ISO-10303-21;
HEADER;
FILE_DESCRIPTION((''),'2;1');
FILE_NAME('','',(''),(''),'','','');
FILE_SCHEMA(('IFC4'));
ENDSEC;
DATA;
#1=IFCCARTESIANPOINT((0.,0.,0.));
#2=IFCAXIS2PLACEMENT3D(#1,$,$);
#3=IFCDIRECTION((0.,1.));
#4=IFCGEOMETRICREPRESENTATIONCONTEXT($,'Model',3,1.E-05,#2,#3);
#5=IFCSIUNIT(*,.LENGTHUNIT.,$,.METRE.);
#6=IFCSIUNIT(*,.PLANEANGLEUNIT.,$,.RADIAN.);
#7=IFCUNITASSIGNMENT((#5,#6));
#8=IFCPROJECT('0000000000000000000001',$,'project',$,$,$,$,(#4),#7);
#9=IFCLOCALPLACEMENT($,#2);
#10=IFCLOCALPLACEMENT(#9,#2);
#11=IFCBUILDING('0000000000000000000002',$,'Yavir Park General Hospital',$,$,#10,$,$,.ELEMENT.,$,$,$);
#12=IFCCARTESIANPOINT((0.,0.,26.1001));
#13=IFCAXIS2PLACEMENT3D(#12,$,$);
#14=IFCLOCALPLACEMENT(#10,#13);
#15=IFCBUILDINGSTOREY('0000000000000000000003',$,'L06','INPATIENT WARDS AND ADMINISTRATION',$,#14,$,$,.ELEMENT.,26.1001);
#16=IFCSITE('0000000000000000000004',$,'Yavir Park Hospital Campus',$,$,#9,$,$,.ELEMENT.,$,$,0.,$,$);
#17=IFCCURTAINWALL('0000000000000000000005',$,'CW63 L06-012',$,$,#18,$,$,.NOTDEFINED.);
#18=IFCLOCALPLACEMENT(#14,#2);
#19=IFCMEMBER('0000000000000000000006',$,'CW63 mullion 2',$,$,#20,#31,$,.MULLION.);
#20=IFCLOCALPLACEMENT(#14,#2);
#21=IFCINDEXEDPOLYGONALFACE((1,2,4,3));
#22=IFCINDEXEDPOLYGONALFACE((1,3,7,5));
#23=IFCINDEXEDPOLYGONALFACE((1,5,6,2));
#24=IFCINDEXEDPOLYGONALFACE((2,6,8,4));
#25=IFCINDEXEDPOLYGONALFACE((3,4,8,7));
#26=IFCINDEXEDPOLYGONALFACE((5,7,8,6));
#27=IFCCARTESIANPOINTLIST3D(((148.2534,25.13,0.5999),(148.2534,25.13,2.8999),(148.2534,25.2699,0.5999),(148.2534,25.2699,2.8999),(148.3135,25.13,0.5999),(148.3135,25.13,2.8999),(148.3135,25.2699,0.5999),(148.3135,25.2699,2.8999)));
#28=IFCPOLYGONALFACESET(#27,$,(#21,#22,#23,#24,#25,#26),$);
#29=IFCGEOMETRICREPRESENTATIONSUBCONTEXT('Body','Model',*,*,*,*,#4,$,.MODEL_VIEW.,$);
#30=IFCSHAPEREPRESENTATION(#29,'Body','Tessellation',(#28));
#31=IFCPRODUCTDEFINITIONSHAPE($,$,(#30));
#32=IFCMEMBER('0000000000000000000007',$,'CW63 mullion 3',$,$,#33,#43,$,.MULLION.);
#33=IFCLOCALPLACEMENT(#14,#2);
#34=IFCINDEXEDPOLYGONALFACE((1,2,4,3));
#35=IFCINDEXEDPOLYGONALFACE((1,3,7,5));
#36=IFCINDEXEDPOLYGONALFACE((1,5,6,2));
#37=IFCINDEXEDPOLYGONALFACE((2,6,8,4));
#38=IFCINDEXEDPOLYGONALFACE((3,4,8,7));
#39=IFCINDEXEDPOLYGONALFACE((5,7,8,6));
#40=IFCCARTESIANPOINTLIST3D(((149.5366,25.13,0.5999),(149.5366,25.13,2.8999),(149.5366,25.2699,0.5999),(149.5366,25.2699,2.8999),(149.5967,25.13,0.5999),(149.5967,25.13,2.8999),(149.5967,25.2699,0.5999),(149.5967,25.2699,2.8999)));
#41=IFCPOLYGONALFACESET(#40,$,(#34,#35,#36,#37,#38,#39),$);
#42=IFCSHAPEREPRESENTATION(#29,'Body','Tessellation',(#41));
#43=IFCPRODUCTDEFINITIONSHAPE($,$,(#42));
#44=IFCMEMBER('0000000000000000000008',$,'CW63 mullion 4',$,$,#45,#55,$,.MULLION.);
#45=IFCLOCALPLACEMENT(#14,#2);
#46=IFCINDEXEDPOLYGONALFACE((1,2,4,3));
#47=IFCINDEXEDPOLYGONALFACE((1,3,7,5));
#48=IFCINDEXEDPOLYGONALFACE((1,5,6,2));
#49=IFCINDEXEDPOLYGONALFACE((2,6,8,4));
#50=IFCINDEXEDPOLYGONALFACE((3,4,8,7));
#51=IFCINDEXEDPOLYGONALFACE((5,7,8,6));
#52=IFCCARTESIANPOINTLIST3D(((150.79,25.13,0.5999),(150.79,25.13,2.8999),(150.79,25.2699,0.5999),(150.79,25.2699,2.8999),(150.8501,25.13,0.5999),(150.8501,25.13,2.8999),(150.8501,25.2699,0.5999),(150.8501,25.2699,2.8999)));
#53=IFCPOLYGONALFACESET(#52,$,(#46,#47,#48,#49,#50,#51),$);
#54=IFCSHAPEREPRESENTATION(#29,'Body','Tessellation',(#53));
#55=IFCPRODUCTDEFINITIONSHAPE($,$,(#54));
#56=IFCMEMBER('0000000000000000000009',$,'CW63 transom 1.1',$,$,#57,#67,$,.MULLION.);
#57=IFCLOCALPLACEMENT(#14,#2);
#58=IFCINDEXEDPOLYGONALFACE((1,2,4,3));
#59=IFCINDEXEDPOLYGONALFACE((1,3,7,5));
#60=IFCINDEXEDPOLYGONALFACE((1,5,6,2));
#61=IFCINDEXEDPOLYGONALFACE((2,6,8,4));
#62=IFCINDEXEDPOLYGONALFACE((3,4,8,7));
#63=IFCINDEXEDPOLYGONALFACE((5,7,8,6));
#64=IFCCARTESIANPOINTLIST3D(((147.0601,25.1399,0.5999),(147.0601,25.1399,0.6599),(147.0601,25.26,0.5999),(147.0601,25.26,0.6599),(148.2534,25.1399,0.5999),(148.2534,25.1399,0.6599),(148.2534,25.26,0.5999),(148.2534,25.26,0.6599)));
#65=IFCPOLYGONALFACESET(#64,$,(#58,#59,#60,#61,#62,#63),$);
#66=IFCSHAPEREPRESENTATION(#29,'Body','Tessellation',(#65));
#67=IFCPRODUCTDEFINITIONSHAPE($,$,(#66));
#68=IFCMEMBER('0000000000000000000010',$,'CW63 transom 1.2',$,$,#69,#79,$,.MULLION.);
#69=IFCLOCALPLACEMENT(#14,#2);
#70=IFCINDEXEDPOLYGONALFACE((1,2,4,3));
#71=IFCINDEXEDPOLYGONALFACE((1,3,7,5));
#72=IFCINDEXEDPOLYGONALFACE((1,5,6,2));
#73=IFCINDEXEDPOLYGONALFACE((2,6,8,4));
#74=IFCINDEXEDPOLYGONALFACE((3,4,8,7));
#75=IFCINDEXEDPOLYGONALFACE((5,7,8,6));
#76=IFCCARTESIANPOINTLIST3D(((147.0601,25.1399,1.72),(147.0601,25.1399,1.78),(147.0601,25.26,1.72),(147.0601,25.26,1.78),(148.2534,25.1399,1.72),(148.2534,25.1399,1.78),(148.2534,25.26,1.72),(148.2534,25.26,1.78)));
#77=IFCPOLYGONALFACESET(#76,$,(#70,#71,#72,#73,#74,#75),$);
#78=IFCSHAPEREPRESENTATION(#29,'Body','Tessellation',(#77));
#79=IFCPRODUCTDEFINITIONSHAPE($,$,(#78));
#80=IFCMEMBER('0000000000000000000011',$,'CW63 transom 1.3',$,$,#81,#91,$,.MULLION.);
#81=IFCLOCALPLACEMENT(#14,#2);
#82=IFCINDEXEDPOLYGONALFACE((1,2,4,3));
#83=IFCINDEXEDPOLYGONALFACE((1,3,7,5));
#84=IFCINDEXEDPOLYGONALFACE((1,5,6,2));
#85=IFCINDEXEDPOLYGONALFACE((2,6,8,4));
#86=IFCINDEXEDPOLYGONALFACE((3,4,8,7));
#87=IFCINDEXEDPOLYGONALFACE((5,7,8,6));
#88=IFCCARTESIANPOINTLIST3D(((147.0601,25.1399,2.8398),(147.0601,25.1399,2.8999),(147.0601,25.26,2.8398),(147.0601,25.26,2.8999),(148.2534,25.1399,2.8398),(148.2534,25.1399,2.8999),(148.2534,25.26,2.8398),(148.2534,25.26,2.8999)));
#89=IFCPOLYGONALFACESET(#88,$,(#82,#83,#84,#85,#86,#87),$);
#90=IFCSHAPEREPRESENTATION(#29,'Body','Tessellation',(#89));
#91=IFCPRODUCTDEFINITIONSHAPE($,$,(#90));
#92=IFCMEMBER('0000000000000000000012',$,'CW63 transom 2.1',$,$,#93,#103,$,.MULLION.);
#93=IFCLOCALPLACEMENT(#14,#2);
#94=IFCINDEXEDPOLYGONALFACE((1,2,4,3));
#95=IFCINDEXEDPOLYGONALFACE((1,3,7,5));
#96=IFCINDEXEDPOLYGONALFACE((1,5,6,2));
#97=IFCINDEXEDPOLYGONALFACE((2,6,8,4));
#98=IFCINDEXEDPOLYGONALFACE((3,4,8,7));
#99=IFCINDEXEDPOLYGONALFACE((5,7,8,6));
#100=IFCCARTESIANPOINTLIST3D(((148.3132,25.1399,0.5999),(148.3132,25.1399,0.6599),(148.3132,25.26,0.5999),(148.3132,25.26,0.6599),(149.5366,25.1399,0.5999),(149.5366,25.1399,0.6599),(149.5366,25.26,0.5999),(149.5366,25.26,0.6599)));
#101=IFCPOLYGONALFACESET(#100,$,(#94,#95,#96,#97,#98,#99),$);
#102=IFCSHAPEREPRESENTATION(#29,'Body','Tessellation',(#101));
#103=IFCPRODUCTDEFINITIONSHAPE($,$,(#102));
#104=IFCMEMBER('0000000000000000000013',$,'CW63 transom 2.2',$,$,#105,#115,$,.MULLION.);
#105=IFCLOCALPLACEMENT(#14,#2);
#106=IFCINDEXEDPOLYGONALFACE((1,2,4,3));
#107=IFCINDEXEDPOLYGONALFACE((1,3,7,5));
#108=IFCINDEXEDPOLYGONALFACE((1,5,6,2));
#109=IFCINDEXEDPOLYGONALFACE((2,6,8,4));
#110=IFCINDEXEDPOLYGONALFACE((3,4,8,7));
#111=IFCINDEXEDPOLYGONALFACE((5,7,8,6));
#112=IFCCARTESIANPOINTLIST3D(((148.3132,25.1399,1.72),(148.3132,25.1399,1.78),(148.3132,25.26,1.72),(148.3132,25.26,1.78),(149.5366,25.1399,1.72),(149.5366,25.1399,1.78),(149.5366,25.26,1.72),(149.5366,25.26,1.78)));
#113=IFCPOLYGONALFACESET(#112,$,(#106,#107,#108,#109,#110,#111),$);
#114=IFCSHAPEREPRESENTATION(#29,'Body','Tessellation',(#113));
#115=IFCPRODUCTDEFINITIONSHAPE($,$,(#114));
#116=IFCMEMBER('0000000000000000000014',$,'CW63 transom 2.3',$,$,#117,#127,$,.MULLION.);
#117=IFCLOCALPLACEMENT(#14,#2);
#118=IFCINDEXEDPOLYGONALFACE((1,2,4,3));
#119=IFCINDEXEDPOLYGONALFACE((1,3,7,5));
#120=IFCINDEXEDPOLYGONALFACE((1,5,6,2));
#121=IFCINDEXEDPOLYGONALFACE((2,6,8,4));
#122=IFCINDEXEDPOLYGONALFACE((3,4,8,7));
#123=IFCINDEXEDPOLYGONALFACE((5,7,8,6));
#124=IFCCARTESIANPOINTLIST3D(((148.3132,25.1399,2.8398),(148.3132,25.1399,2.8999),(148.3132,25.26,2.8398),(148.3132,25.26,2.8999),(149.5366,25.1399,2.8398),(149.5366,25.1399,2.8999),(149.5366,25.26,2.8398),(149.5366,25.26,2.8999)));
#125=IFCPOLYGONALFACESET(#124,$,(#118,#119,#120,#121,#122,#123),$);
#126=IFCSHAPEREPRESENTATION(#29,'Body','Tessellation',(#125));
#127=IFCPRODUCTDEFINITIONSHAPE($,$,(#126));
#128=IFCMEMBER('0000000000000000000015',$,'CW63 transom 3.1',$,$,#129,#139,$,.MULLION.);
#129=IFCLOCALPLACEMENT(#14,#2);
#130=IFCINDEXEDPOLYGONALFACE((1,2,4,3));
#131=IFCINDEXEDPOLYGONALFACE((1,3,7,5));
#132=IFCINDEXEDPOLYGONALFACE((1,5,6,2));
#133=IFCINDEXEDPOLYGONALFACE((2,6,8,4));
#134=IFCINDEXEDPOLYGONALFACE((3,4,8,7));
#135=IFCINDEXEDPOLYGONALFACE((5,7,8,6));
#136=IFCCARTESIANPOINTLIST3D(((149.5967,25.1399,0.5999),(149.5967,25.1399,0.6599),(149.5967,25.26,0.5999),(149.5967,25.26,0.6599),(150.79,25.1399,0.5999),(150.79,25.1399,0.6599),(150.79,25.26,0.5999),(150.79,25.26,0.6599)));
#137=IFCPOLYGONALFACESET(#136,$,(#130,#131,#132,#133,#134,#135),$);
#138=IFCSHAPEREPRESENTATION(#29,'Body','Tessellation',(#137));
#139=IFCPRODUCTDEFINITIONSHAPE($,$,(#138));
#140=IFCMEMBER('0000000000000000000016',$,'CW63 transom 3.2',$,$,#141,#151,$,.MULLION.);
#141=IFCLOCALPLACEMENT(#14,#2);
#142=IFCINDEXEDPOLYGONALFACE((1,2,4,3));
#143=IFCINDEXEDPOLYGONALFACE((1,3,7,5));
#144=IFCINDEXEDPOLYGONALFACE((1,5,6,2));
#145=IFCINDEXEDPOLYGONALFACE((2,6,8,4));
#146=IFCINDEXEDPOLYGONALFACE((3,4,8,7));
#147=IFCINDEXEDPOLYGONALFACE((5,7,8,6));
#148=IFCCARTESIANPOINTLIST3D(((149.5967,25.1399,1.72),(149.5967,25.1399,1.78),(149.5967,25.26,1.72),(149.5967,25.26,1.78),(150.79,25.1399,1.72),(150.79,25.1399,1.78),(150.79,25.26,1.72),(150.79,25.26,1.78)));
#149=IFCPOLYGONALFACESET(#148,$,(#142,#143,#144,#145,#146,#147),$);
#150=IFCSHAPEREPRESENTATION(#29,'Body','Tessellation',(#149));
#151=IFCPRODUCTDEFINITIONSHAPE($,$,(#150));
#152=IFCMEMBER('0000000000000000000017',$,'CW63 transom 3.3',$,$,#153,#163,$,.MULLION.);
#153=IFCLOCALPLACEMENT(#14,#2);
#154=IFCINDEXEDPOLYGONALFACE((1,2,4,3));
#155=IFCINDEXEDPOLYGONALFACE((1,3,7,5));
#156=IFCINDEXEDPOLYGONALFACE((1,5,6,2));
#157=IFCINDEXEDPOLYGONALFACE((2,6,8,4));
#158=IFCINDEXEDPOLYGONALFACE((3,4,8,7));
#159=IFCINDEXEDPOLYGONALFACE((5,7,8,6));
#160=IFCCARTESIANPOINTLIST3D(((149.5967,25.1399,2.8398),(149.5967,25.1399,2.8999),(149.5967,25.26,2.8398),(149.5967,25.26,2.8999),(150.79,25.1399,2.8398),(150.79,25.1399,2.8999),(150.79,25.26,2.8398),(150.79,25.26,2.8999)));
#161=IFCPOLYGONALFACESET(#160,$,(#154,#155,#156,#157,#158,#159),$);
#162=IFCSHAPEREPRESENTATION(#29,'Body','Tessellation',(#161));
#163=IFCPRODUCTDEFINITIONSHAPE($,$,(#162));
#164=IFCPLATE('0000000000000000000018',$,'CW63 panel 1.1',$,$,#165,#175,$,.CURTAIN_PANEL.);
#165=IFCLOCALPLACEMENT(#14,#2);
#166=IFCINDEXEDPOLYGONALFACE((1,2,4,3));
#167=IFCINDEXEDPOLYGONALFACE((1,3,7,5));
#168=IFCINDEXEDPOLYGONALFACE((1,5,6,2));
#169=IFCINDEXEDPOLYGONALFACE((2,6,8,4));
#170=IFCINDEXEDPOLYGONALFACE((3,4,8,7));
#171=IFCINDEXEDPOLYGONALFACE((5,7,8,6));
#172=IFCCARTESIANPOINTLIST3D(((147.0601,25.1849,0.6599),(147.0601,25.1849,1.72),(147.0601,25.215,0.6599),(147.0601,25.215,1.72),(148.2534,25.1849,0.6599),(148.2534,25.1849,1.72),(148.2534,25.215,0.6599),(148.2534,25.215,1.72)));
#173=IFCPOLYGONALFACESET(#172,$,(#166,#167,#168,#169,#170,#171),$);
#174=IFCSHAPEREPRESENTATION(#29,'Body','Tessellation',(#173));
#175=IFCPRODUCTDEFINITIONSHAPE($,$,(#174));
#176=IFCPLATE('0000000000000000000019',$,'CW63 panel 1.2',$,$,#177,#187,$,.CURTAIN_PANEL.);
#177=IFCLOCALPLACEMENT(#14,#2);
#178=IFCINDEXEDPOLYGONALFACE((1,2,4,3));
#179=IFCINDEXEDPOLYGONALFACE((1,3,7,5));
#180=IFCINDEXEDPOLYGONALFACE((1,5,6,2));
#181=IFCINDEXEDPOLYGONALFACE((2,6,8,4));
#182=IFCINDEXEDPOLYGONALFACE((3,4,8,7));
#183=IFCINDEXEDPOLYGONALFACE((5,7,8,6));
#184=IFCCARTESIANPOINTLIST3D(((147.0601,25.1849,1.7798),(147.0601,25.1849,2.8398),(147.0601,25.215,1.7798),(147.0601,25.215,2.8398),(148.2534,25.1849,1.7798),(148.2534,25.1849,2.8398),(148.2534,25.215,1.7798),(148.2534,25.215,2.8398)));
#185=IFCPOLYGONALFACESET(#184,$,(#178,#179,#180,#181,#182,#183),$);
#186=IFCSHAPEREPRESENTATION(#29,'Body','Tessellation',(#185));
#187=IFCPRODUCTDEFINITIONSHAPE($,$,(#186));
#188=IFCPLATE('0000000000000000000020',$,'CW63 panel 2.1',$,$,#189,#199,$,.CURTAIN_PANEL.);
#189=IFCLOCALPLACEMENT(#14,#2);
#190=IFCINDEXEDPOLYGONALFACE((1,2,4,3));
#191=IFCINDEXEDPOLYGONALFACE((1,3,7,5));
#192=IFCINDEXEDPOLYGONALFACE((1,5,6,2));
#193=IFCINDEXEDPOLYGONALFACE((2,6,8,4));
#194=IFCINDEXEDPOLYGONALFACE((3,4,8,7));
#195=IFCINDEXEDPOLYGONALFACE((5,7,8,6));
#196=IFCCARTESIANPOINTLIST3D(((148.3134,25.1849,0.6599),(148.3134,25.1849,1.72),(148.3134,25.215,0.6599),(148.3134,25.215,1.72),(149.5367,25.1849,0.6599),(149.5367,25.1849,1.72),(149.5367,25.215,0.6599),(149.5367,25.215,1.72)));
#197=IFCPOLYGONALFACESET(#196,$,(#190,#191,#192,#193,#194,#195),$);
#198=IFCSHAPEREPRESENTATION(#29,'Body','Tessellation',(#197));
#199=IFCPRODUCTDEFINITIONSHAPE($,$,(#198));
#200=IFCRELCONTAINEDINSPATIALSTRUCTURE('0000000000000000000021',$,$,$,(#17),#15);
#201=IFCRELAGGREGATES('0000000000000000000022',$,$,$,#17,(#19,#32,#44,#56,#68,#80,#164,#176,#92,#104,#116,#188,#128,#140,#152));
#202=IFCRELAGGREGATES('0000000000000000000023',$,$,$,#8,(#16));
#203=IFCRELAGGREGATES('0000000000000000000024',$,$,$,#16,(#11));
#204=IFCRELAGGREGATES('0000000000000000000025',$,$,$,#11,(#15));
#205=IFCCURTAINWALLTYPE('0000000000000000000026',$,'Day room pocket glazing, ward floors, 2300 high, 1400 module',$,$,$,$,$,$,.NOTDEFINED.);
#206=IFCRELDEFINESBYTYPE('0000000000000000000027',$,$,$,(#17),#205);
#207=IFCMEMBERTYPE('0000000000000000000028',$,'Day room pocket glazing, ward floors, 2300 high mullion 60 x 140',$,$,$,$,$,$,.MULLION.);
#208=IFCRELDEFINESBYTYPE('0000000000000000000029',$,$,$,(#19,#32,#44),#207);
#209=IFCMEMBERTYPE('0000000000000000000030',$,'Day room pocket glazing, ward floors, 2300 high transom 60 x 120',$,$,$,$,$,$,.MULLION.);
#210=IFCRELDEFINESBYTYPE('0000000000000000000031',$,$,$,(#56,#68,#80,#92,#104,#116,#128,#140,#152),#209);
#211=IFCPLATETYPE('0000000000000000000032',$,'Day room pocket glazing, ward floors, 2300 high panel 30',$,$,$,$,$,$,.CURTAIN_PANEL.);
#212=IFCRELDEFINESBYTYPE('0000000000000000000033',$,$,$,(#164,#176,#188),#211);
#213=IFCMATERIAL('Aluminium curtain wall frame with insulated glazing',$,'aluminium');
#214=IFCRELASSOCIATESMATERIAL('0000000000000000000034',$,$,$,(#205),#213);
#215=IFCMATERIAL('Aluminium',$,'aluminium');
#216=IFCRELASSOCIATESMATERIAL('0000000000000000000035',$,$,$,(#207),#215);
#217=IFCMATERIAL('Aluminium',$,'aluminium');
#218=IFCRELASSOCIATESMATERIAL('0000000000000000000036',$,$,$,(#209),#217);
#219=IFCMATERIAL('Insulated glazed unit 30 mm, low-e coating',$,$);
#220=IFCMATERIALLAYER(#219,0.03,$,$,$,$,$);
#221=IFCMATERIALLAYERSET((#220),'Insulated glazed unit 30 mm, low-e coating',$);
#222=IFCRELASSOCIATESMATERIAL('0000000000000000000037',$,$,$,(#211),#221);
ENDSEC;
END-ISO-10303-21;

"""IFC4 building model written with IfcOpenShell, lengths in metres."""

from ifc_helpers import new_model, si_unit, direction, frame, origin, origin_2d, place, context, subcontext, project, spatial, rectangle, extrude, material, layer, layer_set, material_profile, profile_set, type_object, element, aggregate, save


model = new_model("IFC4")

# Units and contexts
model_context = context("Model", 3, precision=1e-05, world=origin(), true_north=direction((0.0, 1.0)))
body_context = subcontext(model_context, "Body", "Model", "MODEL_VIEW")
ifc_project = project(units=[si_unit("LENGTHUNIT", "METRE"), si_unit("PLANEANGLEUNIT", "RADIAN")], contexts=[model_context])

# Site, building, storey
site_placement = place(None, origin())
site = spatial("IfcSite", under=ifc_project, at=site_placement, Name="Yavir Park Hospital Campus", CompositionType="ELEMENT", RefElevation=0.0)
building_placement = place(site_placement, origin())
building = spatial("IfcBuilding", under=site, at=building_placement, Name="Yavir Park General Hospital", CompositionType="ELEMENT")
storey_placement = place(building_placement, frame((0.0, 0.0, 26.1001)))
storey = spatial("IfcBuildingStorey", under=building, at=storey_placement, Name="L06", Description="INPATIENT WARDS AND ADMINISTRATION", CompositionType="ELEMENT", Elevation=26.1001)

# Curtain wall, members, plates
ifc_material_1 = material(Name="Aluminium curtain wall frame with insulated glazing", Category="aluminium")
curtain_wall_type = type_object("IfcCurtainWallType", Name="Day room pocket glazing, ward floors, 2300 high, 1400 module", PredefinedType="NOTDEFINED", material=ifc_material_1)
curtain_wall_placement = place(storey_placement, origin())
curtain_wall = element("IfcCurtainWall", 1, at=curtain_wall_placement, inside=storey, type_object=curtain_wall_type, Name="CW63 L06-012", PredefinedType="NOTDEFINED")
ifc_material_2 = material(Name="Aluminium", Category="aluminium")
ifc_material_profile_1 = material_profile(ifc_material_2, rectangle(XDim=0.1399, YDim=0.0601, at=origin_2d()), Name="AL 60x140")
ifc_profile_set_1 = profile_set([ifc_material_profile_1], Name="Aluminium")
member_type_1 = type_object("IfcMemberType", Name="Day room pocket glazing, ward floors, 2300 high mullion 60 x 140", PredefinedType="MULLION", material=ifc_profile_set_1)
member_1_placement = place(storey_placement, frame((148.2834, 25.2, 0.5999), z_axis=(0.0, 0.0, 1.0), x_axis=(0.0, 1.0, 0.0)))
member_1 = element("IfcMember", 2, at=member_1_placement, type_object=member_type_1, Name="CW63 mullion 2", PredefinedType="MULLION", context=body_context, shape_type="SweptSolid", body=[
    extrude(rectangle(XDim=0.1399, YDim=0.0601, at=origin_2d()), origin(), (0.0, 0.0, 1.0), 2.3),
])
member_2_placement = place(storey_placement, frame((149.5667, 25.2, 0.5999), z_axis=(0.0, 0.0, 1.0), x_axis=(0.0, 1.0, 0.0)))
member_2 = element("IfcMember", 3, at=member_2_placement, type_object=member_type_1, Name="CW63 mullion 3", PredefinedType="MULLION", context=body_context, shape_type="SweptSolid", body=[
    extrude(rectangle(XDim=0.1399, YDim=0.0601, at=origin_2d()), origin(), (0.0, 0.0, 1.0), 2.3),
])
member_3_placement = place(storey_placement, frame((150.8201, 25.2, 0.5999), z_axis=(0.0, 0.0, 1.0), x_axis=(0.0, 1.0, 0.0)))
member_3 = element("IfcMember", 4, at=member_3_placement, type_object=member_type_1, Name="CW63 mullion 4", PredefinedType="MULLION", context=body_context, shape_type="SweptSolid", body=[
    extrude(rectangle(XDim=0.1399, YDim=0.0601, at=origin_2d()), origin(), (0.0, 0.0, 1.0), 2.3),
])
ifc_material_3 = material(Name="Aluminium", Category="aluminium")
ifc_material_profile_2 = material_profile(ifc_material_3, rectangle(XDim=0.1201, YDim=0.0601, at=origin_2d()), Name="AL 120x60")
ifc_profile_set_2 = profile_set([ifc_material_profile_2], Name="Aluminium")
member_type_2 = type_object("IfcMemberType", Name="Day room pocket glazing, ward floors, 2300 high transom 60 x 120", PredefinedType="MULLION", material=ifc_profile_set_2)
member_4_placement = place(storey_placement, frame((147.0601, 25.2, 0.6299), z_axis=(1.0, 0.0, 0.0), x_axis=(0.0, 1.0, 0.0)))
member_4 = element("IfcMember", 5, at=member_4_placement, type_object=member_type_2, Name="CW63 transom 1.1", PredefinedType="MULLION", context=body_context, shape_type="SweptSolid", body=[
    extrude(rectangle(XDim=0.1201, YDim=0.0601, at=origin_2d()), origin(), (0.0, 0.0, 1.0), 1.1934),
])
member_5_placement = place(storey_placement, frame((147.0601, 25.2, 1.75), z_axis=(1.0, 0.0, 0.0), x_axis=(0.0, 1.0, 0.0)))
member_5 = element("IfcMember", 6, at=member_5_placement, type_object=member_type_2, Name="CW63 transom 1.2", PredefinedType="MULLION", context=body_context, shape_type="SweptSolid", body=[
    extrude(rectangle(XDim=0.1201, YDim=0.0601, at=origin_2d()), origin(), (0.0, 0.0, 1.0), 1.1934),
])
member_6_placement = place(storey_placement, frame((147.0601, 25.2, 2.8699), z_axis=(1.0, 0.0, 0.0), x_axis=(0.0, 1.0, 0.0)))
member_6 = element("IfcMember", 7, at=member_6_placement, type_object=member_type_2, Name="CW63 transom 1.3", PredefinedType="MULLION", context=body_context, shape_type="SweptSolid", body=[
    extrude(rectangle(XDim=0.1201, YDim=0.0601, at=origin_2d()), origin(), (0.0, 0.0, 1.0), 1.1934),
])
member_7_placement = place(storey_placement, frame((148.3132, 25.2, 0.6299), z_axis=(1.0, 0.0, 0.0), x_axis=(0.0, 1.0, 0.0)))
member_7 = element("IfcMember", 8, at=member_7_placement, type_object=member_type_2, Name="CW63 transom 2.1", PredefinedType="MULLION", context=body_context, shape_type="SweptSolid", body=[
    extrude(rectangle(XDim=0.1201, YDim=0.0601, at=origin_2d()), origin(), (0.0, 0.0, 1.0), 1.2234),
])
member_8_placement = place(storey_placement, frame((148.3132, 25.2, 1.75), z_axis=(1.0, 0.0, 0.0), x_axis=(0.0, 1.0, 0.0)))
member_8 = element("IfcMember", 9, at=member_8_placement, type_object=member_type_2, Name="CW63 transom 2.2", PredefinedType="MULLION", context=body_context, shape_type="SweptSolid", body=[
    extrude(rectangle(XDim=0.1201, YDim=0.0601, at=origin_2d()), origin(), (0.0, 0.0, 1.0), 1.2234),
])
member_9_placement = place(storey_placement, frame((148.3132, 25.2, 2.8699), z_axis=(1.0, 0.0, 0.0), x_axis=(0.0, 1.0, 0.0)))
member_9 = element("IfcMember", 10, at=member_9_placement, type_object=member_type_2, Name="CW63 transom 2.3", PredefinedType="MULLION", context=body_context, shape_type="SweptSolid", body=[
    extrude(rectangle(XDim=0.1201, YDim=0.0601, at=origin_2d()), origin(), (0.0, 0.0, 1.0), 1.2234),
])
member_10_placement = place(storey_placement, frame((149.5967, 25.2, 0.6299), z_axis=(1.0, 0.0, 0.0), x_axis=(0.0, 1.0, 0.0)))
member_10 = element("IfcMember", 11, at=member_10_placement, type_object=member_type_2, Name="CW63 transom 3.1", PredefinedType="MULLION", context=body_context, shape_type="SweptSolid", body=[
    extrude(rectangle(XDim=0.1201, YDim=0.0601, at=origin_2d()), origin(), (0.0, 0.0, 1.0), 1.1934),
])
member_11_placement = place(storey_placement, frame((149.5967, 25.2, 1.75), z_axis=(1.0, 0.0, 0.0), x_axis=(0.0, 1.0, 0.0)))
member_11 = element("IfcMember", 12, at=member_11_placement, type_object=member_type_2, Name="CW63 transom 3.2", PredefinedType="MULLION", context=body_context, shape_type="SweptSolid", body=[
    extrude(rectangle(XDim=0.1201, YDim=0.0601, at=origin_2d()), origin(), (0.0, 0.0, 1.0), 1.1934),
])
member_12_placement = place(storey_placement, frame((149.5967, 25.2, 2.8699), z_axis=(1.0, 0.0, 0.0), x_axis=(0.0, 1.0, 0.0)))
member_12 = element("IfcMember", 13, at=member_12_placement, type_object=member_type_2, Name="CW63 transom 3.3", PredefinedType="MULLION", context=body_context, shape_type="SweptSolid", body=[
    extrude(rectangle(XDim=0.1201, YDim=0.0601, at=origin_2d()), origin(), (0.0, 0.0, 1.0), 1.1934),
])
ifc_material_4 = material(Name="Insulated glazed unit 30 mm, low-e coating")
ifc_layer = layer(ifc_material_4, 0.03)
ifc_layer_set = layer_set([ifc_layer], Name="Insulated glazed unit 30 mm, low-e coating")
plate_type = type_object("IfcPlateType", Name="Day room pocket glazing, ward floors, 2300 high panel 30", PredefinedType="CURTAIN_PANEL", material=ifc_layer_set)
plate_1_placement = place(storey_placement, frame((147.6567, 25.2, 0.6599), z_axis=(0.0, 0.0, 1.0), x_axis=(1.0, 0.0, 0.0)))
plate_1 = element("IfcPlate", 14, at=plate_1_placement, type_object=plate_type, Name="CW63 panel 1.1", PredefinedType="CURTAIN_PANEL", context=body_context, shape_type="SweptSolid", body=[
    extrude(rectangle(XDim=1.1934, YDim=0.03, at=origin_2d()), origin(), (0.0, 0.0, 1.0), 1.0601),
])
plate_2_placement = place(storey_placement, frame((147.6567, 25.2, 1.7798), z_axis=(0.0, 0.0, 1.0), x_axis=(1.0, 0.0, 0.0)))
plate_2 = element("IfcPlate", 15, at=plate_2_placement, type_object=plate_type, Name="CW63 panel 1.2", PredefinedType="CURTAIN_PANEL", context=body_context, shape_type="SweptSolid", body=[
    extrude(rectangle(XDim=1.1934, YDim=0.03, at=origin_2d()), origin(), (0.0, 0.0, 1.0), 1.0601),
])
plate_3_placement = place(storey_placement, frame((148.925, 25.2, 0.6599), z_axis=(0.0, 0.0, 1.0), x_axis=(1.0, 0.0, 0.0)))
plate_3 = element("IfcPlate", 16, at=plate_3_placement, type_object=plate_type, Name="CW63 panel 2.1", PredefinedType="CURTAIN_PANEL", context=body_context, shape_type="SweptSolid", body=[
    extrude(rectangle(XDim=1.2234, YDim=0.03, at=origin_2d()), origin(), (0.0, 0.0, 1.0), 1.0601),
])
aggregate(curtain_wall, [member_1, member_2, member_3, member_4, member_5, member_6, plate_1, plate_2, member_7, member_8, member_9, plate_3, member_10, member_11, member_12])

save(model, "model.ifc")
